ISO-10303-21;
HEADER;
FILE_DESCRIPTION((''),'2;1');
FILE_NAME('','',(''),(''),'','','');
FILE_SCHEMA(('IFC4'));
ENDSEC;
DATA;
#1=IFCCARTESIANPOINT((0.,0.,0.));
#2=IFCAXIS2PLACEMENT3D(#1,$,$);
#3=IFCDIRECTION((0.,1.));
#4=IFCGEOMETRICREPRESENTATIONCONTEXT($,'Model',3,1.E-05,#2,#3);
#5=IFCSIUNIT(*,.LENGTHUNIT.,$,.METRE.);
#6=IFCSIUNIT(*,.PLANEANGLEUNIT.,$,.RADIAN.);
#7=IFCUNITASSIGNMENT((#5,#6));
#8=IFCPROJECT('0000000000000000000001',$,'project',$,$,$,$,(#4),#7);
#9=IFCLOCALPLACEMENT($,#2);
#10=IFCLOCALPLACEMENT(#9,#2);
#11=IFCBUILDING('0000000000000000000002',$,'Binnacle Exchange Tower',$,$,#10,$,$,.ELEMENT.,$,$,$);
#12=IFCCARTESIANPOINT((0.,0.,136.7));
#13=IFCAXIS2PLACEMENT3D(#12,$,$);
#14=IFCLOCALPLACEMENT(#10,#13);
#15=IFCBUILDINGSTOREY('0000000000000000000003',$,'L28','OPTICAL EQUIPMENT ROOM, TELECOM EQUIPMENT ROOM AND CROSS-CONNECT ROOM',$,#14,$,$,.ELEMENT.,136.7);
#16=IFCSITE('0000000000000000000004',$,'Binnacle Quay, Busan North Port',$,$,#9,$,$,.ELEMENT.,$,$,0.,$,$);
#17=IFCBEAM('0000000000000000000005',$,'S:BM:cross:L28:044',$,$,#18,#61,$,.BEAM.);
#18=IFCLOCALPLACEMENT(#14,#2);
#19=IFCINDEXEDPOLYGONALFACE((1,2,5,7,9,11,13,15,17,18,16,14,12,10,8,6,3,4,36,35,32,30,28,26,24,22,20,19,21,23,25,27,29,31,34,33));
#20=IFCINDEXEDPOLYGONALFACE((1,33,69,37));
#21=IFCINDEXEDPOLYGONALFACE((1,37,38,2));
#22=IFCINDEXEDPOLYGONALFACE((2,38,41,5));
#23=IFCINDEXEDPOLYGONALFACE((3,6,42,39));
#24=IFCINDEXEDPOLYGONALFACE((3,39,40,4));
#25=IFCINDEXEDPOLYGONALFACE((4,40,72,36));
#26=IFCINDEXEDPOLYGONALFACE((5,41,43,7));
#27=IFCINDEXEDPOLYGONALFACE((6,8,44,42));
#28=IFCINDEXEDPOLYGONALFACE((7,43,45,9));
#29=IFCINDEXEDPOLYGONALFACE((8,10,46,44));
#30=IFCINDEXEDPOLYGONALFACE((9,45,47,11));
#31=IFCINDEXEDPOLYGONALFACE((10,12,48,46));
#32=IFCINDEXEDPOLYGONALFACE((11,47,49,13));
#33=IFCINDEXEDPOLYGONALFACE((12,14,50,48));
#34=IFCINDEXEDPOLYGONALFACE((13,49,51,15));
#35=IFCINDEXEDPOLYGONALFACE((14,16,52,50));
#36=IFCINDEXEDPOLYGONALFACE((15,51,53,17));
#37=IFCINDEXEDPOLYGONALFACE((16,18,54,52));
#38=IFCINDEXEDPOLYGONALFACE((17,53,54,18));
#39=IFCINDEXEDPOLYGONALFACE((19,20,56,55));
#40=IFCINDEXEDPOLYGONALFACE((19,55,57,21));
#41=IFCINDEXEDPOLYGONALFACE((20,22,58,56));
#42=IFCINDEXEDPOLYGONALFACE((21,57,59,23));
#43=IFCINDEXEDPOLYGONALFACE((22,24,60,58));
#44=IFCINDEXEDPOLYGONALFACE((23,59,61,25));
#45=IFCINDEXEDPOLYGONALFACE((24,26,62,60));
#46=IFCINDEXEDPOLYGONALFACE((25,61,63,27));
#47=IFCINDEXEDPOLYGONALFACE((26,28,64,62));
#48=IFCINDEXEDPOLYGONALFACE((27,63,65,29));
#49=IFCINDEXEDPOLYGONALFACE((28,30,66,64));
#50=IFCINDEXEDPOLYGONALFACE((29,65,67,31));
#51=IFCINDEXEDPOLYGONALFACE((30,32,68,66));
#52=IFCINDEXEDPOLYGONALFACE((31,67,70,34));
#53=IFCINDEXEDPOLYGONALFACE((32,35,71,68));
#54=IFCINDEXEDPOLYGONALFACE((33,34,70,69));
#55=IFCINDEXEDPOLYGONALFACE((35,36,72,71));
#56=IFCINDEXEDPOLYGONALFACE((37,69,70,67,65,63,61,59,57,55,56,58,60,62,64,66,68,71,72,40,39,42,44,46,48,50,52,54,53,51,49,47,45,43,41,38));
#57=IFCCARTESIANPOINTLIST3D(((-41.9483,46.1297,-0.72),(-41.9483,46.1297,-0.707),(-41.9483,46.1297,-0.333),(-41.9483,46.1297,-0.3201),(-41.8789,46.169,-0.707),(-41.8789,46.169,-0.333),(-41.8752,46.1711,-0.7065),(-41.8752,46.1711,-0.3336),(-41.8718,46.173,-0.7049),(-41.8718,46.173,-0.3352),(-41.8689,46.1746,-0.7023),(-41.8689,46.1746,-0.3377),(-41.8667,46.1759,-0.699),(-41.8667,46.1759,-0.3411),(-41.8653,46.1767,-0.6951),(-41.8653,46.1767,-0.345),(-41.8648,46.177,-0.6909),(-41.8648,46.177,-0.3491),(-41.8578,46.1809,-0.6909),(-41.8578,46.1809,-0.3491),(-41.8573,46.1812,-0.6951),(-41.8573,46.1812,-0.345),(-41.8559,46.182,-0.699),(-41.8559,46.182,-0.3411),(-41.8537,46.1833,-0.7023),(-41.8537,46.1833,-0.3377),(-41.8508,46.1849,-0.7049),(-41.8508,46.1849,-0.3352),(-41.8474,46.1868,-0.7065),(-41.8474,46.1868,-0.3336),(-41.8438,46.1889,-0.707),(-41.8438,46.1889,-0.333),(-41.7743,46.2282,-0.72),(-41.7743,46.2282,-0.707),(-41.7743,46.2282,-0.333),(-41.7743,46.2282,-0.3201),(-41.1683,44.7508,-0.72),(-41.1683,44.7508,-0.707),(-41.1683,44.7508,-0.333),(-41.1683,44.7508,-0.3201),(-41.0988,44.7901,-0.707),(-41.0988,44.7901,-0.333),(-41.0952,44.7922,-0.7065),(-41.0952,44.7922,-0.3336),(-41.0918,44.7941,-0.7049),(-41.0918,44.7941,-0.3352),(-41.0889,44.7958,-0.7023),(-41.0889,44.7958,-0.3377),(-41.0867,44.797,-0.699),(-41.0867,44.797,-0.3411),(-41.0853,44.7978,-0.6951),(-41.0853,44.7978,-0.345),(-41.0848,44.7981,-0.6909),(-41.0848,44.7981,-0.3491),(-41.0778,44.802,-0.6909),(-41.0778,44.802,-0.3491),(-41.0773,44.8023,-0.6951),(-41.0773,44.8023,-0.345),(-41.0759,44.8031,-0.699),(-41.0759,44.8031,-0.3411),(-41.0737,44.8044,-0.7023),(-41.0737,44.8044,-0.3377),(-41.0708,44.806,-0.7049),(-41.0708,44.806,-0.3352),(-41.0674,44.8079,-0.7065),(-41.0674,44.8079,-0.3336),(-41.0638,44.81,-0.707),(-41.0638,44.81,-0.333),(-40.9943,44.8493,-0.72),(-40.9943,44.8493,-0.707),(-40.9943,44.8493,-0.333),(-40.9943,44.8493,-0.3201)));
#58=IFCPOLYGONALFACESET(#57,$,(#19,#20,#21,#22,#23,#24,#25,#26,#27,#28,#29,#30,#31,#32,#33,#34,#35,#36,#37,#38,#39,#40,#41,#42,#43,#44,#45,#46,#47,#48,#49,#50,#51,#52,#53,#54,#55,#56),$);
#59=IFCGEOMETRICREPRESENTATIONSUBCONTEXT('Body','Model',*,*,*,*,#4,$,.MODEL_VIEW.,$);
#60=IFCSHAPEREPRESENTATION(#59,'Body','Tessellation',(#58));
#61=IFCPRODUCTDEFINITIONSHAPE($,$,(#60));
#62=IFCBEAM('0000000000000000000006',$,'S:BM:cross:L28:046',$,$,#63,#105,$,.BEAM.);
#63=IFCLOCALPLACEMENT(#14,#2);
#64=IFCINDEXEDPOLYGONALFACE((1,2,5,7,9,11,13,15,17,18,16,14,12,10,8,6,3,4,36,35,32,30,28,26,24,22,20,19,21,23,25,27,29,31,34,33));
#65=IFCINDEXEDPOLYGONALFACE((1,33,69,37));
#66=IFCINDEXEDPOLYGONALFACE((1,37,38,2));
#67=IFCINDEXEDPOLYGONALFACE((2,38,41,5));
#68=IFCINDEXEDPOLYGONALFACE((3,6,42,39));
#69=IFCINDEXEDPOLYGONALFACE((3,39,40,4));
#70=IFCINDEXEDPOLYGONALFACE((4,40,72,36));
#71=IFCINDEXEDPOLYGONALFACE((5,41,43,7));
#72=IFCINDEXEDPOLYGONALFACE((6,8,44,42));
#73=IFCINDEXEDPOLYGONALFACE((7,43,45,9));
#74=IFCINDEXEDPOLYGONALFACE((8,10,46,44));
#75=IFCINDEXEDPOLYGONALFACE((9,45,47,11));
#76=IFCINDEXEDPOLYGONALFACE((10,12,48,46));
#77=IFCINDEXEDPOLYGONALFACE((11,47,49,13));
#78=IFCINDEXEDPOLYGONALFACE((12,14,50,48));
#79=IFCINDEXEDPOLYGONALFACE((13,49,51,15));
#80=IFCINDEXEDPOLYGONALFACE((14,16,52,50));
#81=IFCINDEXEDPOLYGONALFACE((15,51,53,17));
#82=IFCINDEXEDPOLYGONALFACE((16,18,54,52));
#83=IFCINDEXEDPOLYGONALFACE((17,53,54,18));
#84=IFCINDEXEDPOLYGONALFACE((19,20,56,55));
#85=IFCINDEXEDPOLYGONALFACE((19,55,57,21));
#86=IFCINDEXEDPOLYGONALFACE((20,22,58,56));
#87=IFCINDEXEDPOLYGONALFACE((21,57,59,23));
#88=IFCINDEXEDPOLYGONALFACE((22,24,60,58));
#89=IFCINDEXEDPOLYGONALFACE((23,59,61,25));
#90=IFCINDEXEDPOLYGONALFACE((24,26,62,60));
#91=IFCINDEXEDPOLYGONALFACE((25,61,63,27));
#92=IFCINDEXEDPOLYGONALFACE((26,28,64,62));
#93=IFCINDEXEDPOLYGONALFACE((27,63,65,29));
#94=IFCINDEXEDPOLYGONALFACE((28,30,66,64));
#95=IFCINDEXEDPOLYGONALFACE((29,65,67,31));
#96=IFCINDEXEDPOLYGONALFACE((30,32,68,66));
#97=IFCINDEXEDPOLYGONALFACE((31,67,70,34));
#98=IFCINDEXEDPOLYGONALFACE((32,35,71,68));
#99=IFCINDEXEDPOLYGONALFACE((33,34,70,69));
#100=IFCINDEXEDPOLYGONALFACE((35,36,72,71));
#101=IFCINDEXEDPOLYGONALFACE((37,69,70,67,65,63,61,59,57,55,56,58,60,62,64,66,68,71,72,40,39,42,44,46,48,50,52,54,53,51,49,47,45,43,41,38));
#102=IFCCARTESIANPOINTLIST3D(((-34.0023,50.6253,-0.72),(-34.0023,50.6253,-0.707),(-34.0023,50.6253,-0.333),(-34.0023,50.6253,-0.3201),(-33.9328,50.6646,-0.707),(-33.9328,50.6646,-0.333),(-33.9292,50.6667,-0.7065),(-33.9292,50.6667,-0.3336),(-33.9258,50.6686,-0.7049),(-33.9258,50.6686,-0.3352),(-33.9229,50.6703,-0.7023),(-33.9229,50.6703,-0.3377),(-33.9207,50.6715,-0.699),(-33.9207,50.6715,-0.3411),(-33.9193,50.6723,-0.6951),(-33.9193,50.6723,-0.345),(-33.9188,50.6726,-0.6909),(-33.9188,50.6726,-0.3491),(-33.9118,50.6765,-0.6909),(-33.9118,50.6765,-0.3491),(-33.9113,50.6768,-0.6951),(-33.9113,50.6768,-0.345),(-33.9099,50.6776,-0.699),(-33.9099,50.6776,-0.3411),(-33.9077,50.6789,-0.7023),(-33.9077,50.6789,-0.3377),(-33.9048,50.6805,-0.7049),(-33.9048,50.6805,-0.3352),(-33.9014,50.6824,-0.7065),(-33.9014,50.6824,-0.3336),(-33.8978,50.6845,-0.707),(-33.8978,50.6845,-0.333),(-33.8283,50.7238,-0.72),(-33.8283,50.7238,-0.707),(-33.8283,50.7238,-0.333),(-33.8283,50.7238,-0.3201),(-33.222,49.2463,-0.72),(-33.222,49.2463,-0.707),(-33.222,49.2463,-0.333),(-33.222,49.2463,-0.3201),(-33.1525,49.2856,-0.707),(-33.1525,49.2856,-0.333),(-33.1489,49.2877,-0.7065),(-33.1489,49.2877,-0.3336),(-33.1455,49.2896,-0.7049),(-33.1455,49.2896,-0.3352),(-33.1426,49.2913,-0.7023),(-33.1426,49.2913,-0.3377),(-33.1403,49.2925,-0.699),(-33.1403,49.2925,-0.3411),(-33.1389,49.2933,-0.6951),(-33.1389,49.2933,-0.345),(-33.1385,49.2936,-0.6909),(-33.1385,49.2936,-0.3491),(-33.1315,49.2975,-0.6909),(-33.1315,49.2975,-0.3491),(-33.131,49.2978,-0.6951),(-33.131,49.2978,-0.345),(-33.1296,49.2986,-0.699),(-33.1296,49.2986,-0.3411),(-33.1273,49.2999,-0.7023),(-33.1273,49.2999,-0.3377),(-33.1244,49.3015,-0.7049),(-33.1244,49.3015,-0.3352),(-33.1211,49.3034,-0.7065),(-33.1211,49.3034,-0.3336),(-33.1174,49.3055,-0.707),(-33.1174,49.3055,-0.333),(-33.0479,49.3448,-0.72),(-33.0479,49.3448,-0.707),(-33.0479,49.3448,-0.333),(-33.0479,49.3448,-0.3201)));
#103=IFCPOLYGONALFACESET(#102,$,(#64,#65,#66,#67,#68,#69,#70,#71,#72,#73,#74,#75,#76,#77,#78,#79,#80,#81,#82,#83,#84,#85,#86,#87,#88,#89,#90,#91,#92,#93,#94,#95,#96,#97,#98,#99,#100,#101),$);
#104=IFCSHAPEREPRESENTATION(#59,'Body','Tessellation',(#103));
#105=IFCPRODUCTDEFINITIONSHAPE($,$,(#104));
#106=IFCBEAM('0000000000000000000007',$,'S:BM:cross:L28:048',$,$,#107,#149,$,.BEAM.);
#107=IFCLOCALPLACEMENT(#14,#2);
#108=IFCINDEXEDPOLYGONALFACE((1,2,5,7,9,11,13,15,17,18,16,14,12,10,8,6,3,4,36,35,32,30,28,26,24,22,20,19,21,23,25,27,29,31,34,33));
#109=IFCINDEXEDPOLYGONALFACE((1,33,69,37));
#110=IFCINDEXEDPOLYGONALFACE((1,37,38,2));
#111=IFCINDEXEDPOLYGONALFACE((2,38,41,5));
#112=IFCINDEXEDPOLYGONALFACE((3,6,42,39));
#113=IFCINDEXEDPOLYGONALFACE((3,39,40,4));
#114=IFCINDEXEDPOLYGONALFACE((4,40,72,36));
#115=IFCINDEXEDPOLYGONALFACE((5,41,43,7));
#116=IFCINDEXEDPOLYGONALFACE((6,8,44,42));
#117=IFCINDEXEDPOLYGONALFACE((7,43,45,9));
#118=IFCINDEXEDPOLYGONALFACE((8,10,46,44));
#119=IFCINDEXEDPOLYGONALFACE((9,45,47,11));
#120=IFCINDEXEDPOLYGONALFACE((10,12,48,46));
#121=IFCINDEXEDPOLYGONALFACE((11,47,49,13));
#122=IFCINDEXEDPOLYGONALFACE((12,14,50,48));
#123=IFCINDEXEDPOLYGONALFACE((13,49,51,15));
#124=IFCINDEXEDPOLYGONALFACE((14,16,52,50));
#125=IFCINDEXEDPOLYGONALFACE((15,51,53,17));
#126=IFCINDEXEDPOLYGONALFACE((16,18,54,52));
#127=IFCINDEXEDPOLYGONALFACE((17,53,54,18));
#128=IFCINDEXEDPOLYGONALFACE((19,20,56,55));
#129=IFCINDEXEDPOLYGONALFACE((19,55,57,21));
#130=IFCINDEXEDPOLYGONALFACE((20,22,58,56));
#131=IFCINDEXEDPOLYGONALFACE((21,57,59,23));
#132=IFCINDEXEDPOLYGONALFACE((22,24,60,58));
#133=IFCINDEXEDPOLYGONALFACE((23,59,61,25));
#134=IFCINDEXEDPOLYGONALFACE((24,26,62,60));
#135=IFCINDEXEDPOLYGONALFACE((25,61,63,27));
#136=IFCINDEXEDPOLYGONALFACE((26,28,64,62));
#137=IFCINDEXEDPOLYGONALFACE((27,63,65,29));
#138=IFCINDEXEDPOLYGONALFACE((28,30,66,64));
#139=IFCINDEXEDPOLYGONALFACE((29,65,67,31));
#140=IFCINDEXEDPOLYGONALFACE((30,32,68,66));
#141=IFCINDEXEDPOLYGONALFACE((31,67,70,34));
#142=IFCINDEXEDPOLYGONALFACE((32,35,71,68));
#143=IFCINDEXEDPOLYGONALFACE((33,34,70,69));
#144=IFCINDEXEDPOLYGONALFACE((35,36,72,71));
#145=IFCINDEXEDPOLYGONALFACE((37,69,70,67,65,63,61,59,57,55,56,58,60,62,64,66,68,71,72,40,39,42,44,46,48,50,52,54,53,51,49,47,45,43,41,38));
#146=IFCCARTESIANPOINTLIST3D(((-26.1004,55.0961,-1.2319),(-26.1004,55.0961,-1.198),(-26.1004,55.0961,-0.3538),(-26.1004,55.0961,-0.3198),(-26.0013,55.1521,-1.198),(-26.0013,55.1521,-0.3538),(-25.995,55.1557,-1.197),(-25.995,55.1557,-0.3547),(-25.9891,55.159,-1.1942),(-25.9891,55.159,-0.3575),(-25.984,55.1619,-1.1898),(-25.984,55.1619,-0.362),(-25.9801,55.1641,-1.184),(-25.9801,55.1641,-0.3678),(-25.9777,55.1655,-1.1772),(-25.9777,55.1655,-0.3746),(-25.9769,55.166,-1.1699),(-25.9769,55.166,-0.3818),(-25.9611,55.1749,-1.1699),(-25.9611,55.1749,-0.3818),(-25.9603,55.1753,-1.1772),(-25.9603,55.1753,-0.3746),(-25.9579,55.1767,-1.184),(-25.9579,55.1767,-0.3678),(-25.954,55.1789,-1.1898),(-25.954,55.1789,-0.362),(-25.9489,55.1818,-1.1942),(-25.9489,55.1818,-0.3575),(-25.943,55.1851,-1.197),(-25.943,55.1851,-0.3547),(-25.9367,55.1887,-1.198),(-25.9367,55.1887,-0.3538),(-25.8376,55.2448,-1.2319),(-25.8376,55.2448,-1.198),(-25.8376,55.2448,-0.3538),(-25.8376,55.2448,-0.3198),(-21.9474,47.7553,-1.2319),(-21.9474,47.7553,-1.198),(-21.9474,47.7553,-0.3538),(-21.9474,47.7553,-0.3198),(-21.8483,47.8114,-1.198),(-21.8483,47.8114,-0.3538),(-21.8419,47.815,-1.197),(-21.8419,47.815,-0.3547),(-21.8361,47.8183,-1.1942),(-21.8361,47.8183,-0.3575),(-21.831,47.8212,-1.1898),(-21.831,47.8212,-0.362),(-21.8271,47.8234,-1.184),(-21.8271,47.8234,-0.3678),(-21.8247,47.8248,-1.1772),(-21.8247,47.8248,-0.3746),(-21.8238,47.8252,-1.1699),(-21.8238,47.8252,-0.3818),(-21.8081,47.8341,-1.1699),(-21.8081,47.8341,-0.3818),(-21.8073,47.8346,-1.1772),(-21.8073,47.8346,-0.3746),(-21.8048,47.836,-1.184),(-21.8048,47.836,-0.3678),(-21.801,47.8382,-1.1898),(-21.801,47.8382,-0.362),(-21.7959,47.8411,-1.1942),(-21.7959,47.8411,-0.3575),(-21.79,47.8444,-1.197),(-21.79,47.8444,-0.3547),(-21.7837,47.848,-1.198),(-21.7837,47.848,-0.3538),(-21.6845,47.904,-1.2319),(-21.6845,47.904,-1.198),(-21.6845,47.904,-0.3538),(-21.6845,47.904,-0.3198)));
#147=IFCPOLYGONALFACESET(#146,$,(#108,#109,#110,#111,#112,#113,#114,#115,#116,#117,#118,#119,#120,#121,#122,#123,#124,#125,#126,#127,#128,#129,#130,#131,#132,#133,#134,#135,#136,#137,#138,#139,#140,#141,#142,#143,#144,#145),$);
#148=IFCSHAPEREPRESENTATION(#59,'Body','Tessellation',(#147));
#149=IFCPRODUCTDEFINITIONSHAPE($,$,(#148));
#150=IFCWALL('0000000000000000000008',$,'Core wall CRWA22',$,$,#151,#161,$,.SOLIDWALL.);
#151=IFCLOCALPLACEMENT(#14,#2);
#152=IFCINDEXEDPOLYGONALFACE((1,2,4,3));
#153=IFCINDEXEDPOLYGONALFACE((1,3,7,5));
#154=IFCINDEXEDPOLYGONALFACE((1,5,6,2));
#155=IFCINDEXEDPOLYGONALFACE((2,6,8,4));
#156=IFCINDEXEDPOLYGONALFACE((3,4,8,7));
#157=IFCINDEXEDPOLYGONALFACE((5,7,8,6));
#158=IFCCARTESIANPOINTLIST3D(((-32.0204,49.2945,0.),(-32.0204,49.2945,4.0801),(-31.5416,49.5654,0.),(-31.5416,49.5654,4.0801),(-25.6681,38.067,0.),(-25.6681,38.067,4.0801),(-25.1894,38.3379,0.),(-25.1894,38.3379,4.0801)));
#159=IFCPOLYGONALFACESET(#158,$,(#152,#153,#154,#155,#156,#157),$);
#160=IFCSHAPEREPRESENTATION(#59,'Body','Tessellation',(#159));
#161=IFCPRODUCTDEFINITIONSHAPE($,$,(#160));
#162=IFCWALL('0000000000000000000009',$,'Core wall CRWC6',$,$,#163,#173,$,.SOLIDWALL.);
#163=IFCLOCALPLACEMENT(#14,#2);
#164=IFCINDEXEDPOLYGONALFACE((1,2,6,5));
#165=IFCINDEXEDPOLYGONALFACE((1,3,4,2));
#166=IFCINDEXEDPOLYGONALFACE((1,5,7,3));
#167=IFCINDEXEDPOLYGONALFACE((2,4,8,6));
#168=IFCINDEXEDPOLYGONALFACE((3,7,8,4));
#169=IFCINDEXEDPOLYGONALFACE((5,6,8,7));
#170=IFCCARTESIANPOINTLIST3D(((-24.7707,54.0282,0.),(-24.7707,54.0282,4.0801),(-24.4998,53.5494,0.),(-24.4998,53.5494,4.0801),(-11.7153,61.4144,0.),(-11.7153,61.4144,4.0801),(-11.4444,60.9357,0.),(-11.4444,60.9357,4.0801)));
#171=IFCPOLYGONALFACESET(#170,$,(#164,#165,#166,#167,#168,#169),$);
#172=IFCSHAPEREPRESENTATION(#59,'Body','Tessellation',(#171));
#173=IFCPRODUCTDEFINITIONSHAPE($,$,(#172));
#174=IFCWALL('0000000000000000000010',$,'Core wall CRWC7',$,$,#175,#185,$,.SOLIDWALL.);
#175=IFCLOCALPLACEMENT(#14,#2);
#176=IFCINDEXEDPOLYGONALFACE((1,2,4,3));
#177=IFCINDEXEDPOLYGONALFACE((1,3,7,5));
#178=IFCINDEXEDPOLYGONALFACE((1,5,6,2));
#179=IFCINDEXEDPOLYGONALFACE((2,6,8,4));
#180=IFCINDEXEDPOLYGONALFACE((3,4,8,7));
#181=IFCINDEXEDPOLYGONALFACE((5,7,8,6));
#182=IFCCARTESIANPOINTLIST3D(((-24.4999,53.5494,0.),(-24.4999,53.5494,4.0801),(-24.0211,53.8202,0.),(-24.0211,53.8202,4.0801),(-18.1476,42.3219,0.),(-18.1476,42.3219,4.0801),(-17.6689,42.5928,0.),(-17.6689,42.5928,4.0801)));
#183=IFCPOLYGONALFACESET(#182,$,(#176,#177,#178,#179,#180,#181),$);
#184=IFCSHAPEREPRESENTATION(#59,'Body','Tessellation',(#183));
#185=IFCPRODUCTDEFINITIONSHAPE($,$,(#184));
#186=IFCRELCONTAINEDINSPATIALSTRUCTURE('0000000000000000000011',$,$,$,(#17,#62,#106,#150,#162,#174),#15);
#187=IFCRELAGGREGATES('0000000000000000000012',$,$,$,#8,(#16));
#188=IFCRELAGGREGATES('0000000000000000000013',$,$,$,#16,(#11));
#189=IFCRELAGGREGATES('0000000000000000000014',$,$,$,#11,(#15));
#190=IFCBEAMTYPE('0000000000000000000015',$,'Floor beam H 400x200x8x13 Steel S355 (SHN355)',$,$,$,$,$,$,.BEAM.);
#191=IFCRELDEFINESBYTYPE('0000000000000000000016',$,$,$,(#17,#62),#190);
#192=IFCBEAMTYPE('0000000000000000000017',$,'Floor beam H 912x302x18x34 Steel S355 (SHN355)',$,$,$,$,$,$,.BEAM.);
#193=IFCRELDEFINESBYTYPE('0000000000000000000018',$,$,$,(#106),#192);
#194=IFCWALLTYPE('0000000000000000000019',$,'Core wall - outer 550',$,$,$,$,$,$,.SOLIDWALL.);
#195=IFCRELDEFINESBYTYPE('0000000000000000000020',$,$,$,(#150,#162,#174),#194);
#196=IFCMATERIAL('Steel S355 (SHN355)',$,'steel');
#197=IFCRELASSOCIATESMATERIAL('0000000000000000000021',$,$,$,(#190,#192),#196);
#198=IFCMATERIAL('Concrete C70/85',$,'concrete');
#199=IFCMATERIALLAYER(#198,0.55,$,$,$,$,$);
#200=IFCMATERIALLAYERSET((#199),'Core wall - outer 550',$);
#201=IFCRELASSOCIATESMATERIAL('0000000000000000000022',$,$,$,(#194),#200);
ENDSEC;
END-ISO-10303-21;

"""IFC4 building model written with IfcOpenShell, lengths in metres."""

from ifc_helpers import new_model, si_unit, direction, frame, frame_2d, origin, origin_2d, place, context, subcontext, project, spatial, rectangle, i_section, extrude, material, layer, layer_set, material_profile, profile_set, type_object, element, save


model = new_model("IFC4")

# Units and contexts
model_context = context("Model", 3, precision=1e-05, world=origin(), true_north=direction((0.0, 1.0)))
body_context = subcontext(model_context, "Body", "Model", "MODEL_VIEW")
ifc_project = project(units=[si_unit("LENGTHUNIT", "METRE"), si_unit("PLANEANGLEUNIT", "RADIAN")], contexts=[model_context])

# Site, building, storey
site_placement = place(None, origin())
site = spatial("IfcSite", under=ifc_project, at=site_placement, Name="Binnacle Quay, Busan North Port", CompositionType="ELEMENT", RefElevation=0.0)
building_placement = place(site_placement, origin())
building = spatial("IfcBuilding", under=site, at=building_placement, Name="Binnacle Exchange Tower", CompositionType="ELEMENT")
storey_placement = place(building_placement, frame((0.0, 0.0, 136.7)))
storey = spatial("IfcBuildingStorey", under=building, at=storey_placement, Name="L28", Description="OPTICAL EQUIPMENT ROOM, TELECOM EQUIPMENT ROOM AND CROSS-CONNECT ROOM", CompositionType="ELEMENT", Elevation=136.7)

# Shared definitions
ifc_material_1 = material(Name="Concrete C70/85", Category="concrete")

# Beams
ifc_material_2 = material(Name="Steel S355 (SHN355)", Category="steel")
ifc_material_profile_1 = material_profile(ifc_material_2, i_section(OverallWidth=0.2, OverallDepth=0.3999, WebThickness=0.0081, FlangeThickness=0.0129, FilletRadius=0.0161, at=origin_2d()), Name="H 400x200x8x13")
ifc_profile_set_1 = profile_set([ifc_material_profile_1], Name="Steel S355 (SHN355)")
beam_type_1 = type_object("IfcBeamType", Name="Floor beam H 400x200x8x13 Steel S355 (SHN355)", PredefinedType="BEAM", material=ifc_profile_set_1)
beam_1_placement = place(storey_placement, frame((-41.8613, 46.179, -0.52), z_axis=(0.492367, -0.870388, 0.0), x_axis=(0.870388, 0.492367, 0.0)))
element("IfcBeam", 1, at=beam_1_placement, inside=storey, type_object=beam_type_1, Name="S:BM:cross:L28:044", PredefinedType="BEAM", context=body_context, shape_type="SweptSolid", body=[
    extrude(i_section(OverallWidth=0.2, OverallDepth=0.3999, WebThickness=0.0081, FlangeThickness=0.0129, FilletRadius=0.0161, at=origin_2d()), origin(), (0.0, 0.0, 1.0), 1.5842),
])
beam_2_placement = place(storey_placement, frame((-33.9153, 50.6746, -0.52), z_axis=(0.492484, -0.870322, 0.0), x_axis=(0.870322, 0.492484, 0.0)))
element("IfcBeam", 2, at=beam_2_placement, inside=storey, type_object=beam_type_1, Name="S:BM:cross:L28:046", PredefinedType="BEAM", context=body_context, shape_type="SweptSolid", body=[
    extrude(i_section(OverallWidth=0.2, OverallDepth=0.3999, WebThickness=0.0081, FlangeThickness=0.0129, FilletRadius=0.0161, at=origin_2d()), origin(), (0.0, 0.0, 1.0), 1.5845),
])
ifc_material_profile_2 = material_profile(ifc_material_2, i_section(OverallWidth=0.302, OverallDepth=0.9121, WebThickness=0.0181, FlangeThickness=0.0339, FilletRadius=0.0281, at=origin_2d()), Name="H 912x302x18x34")
ifc_profile_set_2 = profile_set([ifc_material_profile_2], Name="Steel S355 (SHN355)")
beam_type_2 = type_object("IfcBeamType", Name="Floor beam H 912x302x18x34 Steel S355 (SHN355)", PredefinedType="BEAM", material=ifc_profile_set_2)
beam_3_placement = place(storey_placement, frame((-25.969, 55.1704, -0.7759), z_axis=(0.492409, -0.870364, 0.0), x_axis=(0.870364, 0.492409, 0.0)))
element("IfcBeam", 3, at=beam_3_placement, inside=storey, type_object=beam_type_2, Name="S:BM:cross:L28:048", PredefinedType="BEAM", context=body_context, shape_type="SweptSolid", body=[
    extrude(i_section(OverallWidth=0.302, OverallDepth=0.9121, WebThickness=0.0181, FlangeThickness=0.0339, FilletRadius=0.0281, at=origin_2d()), origin(), (0.0, 0.0, 1.0), 8.4341),
])

# Walls
ifc_layer_1 = layer(ifc_material_1, 0.55)
ifc_layer_set_1 = layer_set([ifc_layer_1], Name="Core wall - outer 550")
wall_type_1 = type_object("IfcWallType", Name="Core wall - outer 550", PredefinedType="SOLIDWALL", material=ifc_layer_set_1)
wall_1_placement = place(storey_placement, frame((-31.781, 49.4299, 0.0), z_axis=(0.0, 0.0, 1.0), x_axis=(0.492427, -0.870354, 0.0)))
element("IfcWall", 4, at=wall_1_placement, inside=storey, type_object=wall_type_1, Name="Core wall CRWA22", PredefinedType="SOLIDWALL", context=body_context, shape_type="SweptSolid", body=[
    extrude(rectangle(XDim=12.8999, YDim=0.55, at=frame_2d((6.45, 0.0))), origin(), (0.0, 0.0, 1.0), 4.0801),
])
wall_2_placement = place(storey_placement, frame((-24.6353, 53.7888, 0.0), z_axis=(0.0, 0.0, 1.0), x_axis=(0.870361, 0.492415, 0.0)))
element("IfcWall", 5, at=wall_2_placement, inside=storey, type_object=wall_type_1, Name="Core wall CRWC6", PredefinedType="SOLIDWALL", context=body_context, shape_type="SweptSolid", body=[
    extrude(rectangle(XDim=15.0, YDim=0.55, at=frame_2d((7.5, 0.0))), origin(), (0.0, 0.0, 1.0), 4.0801),
])
wall_3_placement = place(storey_placement, frame((-24.2605, 53.6848, 0.0), z_axis=(0.0, 0.0, 1.0), x_axis=(0.492427, -0.870354, 0.0)))
element("IfcWall", 6, at=wall_3_placement, inside=storey, type_object=wall_type_1, Name="Core wall CRWC7", PredefinedType="SOLIDWALL", context=body_context, shape_type="SweptSolid", body=[
    extrude(rectangle(XDim=12.8999, YDim=0.55, at=frame_2d((6.45, 0.0))), origin(), (0.0, 0.0, 1.0), 4.0801),
])

save(model, "model.ifc")
